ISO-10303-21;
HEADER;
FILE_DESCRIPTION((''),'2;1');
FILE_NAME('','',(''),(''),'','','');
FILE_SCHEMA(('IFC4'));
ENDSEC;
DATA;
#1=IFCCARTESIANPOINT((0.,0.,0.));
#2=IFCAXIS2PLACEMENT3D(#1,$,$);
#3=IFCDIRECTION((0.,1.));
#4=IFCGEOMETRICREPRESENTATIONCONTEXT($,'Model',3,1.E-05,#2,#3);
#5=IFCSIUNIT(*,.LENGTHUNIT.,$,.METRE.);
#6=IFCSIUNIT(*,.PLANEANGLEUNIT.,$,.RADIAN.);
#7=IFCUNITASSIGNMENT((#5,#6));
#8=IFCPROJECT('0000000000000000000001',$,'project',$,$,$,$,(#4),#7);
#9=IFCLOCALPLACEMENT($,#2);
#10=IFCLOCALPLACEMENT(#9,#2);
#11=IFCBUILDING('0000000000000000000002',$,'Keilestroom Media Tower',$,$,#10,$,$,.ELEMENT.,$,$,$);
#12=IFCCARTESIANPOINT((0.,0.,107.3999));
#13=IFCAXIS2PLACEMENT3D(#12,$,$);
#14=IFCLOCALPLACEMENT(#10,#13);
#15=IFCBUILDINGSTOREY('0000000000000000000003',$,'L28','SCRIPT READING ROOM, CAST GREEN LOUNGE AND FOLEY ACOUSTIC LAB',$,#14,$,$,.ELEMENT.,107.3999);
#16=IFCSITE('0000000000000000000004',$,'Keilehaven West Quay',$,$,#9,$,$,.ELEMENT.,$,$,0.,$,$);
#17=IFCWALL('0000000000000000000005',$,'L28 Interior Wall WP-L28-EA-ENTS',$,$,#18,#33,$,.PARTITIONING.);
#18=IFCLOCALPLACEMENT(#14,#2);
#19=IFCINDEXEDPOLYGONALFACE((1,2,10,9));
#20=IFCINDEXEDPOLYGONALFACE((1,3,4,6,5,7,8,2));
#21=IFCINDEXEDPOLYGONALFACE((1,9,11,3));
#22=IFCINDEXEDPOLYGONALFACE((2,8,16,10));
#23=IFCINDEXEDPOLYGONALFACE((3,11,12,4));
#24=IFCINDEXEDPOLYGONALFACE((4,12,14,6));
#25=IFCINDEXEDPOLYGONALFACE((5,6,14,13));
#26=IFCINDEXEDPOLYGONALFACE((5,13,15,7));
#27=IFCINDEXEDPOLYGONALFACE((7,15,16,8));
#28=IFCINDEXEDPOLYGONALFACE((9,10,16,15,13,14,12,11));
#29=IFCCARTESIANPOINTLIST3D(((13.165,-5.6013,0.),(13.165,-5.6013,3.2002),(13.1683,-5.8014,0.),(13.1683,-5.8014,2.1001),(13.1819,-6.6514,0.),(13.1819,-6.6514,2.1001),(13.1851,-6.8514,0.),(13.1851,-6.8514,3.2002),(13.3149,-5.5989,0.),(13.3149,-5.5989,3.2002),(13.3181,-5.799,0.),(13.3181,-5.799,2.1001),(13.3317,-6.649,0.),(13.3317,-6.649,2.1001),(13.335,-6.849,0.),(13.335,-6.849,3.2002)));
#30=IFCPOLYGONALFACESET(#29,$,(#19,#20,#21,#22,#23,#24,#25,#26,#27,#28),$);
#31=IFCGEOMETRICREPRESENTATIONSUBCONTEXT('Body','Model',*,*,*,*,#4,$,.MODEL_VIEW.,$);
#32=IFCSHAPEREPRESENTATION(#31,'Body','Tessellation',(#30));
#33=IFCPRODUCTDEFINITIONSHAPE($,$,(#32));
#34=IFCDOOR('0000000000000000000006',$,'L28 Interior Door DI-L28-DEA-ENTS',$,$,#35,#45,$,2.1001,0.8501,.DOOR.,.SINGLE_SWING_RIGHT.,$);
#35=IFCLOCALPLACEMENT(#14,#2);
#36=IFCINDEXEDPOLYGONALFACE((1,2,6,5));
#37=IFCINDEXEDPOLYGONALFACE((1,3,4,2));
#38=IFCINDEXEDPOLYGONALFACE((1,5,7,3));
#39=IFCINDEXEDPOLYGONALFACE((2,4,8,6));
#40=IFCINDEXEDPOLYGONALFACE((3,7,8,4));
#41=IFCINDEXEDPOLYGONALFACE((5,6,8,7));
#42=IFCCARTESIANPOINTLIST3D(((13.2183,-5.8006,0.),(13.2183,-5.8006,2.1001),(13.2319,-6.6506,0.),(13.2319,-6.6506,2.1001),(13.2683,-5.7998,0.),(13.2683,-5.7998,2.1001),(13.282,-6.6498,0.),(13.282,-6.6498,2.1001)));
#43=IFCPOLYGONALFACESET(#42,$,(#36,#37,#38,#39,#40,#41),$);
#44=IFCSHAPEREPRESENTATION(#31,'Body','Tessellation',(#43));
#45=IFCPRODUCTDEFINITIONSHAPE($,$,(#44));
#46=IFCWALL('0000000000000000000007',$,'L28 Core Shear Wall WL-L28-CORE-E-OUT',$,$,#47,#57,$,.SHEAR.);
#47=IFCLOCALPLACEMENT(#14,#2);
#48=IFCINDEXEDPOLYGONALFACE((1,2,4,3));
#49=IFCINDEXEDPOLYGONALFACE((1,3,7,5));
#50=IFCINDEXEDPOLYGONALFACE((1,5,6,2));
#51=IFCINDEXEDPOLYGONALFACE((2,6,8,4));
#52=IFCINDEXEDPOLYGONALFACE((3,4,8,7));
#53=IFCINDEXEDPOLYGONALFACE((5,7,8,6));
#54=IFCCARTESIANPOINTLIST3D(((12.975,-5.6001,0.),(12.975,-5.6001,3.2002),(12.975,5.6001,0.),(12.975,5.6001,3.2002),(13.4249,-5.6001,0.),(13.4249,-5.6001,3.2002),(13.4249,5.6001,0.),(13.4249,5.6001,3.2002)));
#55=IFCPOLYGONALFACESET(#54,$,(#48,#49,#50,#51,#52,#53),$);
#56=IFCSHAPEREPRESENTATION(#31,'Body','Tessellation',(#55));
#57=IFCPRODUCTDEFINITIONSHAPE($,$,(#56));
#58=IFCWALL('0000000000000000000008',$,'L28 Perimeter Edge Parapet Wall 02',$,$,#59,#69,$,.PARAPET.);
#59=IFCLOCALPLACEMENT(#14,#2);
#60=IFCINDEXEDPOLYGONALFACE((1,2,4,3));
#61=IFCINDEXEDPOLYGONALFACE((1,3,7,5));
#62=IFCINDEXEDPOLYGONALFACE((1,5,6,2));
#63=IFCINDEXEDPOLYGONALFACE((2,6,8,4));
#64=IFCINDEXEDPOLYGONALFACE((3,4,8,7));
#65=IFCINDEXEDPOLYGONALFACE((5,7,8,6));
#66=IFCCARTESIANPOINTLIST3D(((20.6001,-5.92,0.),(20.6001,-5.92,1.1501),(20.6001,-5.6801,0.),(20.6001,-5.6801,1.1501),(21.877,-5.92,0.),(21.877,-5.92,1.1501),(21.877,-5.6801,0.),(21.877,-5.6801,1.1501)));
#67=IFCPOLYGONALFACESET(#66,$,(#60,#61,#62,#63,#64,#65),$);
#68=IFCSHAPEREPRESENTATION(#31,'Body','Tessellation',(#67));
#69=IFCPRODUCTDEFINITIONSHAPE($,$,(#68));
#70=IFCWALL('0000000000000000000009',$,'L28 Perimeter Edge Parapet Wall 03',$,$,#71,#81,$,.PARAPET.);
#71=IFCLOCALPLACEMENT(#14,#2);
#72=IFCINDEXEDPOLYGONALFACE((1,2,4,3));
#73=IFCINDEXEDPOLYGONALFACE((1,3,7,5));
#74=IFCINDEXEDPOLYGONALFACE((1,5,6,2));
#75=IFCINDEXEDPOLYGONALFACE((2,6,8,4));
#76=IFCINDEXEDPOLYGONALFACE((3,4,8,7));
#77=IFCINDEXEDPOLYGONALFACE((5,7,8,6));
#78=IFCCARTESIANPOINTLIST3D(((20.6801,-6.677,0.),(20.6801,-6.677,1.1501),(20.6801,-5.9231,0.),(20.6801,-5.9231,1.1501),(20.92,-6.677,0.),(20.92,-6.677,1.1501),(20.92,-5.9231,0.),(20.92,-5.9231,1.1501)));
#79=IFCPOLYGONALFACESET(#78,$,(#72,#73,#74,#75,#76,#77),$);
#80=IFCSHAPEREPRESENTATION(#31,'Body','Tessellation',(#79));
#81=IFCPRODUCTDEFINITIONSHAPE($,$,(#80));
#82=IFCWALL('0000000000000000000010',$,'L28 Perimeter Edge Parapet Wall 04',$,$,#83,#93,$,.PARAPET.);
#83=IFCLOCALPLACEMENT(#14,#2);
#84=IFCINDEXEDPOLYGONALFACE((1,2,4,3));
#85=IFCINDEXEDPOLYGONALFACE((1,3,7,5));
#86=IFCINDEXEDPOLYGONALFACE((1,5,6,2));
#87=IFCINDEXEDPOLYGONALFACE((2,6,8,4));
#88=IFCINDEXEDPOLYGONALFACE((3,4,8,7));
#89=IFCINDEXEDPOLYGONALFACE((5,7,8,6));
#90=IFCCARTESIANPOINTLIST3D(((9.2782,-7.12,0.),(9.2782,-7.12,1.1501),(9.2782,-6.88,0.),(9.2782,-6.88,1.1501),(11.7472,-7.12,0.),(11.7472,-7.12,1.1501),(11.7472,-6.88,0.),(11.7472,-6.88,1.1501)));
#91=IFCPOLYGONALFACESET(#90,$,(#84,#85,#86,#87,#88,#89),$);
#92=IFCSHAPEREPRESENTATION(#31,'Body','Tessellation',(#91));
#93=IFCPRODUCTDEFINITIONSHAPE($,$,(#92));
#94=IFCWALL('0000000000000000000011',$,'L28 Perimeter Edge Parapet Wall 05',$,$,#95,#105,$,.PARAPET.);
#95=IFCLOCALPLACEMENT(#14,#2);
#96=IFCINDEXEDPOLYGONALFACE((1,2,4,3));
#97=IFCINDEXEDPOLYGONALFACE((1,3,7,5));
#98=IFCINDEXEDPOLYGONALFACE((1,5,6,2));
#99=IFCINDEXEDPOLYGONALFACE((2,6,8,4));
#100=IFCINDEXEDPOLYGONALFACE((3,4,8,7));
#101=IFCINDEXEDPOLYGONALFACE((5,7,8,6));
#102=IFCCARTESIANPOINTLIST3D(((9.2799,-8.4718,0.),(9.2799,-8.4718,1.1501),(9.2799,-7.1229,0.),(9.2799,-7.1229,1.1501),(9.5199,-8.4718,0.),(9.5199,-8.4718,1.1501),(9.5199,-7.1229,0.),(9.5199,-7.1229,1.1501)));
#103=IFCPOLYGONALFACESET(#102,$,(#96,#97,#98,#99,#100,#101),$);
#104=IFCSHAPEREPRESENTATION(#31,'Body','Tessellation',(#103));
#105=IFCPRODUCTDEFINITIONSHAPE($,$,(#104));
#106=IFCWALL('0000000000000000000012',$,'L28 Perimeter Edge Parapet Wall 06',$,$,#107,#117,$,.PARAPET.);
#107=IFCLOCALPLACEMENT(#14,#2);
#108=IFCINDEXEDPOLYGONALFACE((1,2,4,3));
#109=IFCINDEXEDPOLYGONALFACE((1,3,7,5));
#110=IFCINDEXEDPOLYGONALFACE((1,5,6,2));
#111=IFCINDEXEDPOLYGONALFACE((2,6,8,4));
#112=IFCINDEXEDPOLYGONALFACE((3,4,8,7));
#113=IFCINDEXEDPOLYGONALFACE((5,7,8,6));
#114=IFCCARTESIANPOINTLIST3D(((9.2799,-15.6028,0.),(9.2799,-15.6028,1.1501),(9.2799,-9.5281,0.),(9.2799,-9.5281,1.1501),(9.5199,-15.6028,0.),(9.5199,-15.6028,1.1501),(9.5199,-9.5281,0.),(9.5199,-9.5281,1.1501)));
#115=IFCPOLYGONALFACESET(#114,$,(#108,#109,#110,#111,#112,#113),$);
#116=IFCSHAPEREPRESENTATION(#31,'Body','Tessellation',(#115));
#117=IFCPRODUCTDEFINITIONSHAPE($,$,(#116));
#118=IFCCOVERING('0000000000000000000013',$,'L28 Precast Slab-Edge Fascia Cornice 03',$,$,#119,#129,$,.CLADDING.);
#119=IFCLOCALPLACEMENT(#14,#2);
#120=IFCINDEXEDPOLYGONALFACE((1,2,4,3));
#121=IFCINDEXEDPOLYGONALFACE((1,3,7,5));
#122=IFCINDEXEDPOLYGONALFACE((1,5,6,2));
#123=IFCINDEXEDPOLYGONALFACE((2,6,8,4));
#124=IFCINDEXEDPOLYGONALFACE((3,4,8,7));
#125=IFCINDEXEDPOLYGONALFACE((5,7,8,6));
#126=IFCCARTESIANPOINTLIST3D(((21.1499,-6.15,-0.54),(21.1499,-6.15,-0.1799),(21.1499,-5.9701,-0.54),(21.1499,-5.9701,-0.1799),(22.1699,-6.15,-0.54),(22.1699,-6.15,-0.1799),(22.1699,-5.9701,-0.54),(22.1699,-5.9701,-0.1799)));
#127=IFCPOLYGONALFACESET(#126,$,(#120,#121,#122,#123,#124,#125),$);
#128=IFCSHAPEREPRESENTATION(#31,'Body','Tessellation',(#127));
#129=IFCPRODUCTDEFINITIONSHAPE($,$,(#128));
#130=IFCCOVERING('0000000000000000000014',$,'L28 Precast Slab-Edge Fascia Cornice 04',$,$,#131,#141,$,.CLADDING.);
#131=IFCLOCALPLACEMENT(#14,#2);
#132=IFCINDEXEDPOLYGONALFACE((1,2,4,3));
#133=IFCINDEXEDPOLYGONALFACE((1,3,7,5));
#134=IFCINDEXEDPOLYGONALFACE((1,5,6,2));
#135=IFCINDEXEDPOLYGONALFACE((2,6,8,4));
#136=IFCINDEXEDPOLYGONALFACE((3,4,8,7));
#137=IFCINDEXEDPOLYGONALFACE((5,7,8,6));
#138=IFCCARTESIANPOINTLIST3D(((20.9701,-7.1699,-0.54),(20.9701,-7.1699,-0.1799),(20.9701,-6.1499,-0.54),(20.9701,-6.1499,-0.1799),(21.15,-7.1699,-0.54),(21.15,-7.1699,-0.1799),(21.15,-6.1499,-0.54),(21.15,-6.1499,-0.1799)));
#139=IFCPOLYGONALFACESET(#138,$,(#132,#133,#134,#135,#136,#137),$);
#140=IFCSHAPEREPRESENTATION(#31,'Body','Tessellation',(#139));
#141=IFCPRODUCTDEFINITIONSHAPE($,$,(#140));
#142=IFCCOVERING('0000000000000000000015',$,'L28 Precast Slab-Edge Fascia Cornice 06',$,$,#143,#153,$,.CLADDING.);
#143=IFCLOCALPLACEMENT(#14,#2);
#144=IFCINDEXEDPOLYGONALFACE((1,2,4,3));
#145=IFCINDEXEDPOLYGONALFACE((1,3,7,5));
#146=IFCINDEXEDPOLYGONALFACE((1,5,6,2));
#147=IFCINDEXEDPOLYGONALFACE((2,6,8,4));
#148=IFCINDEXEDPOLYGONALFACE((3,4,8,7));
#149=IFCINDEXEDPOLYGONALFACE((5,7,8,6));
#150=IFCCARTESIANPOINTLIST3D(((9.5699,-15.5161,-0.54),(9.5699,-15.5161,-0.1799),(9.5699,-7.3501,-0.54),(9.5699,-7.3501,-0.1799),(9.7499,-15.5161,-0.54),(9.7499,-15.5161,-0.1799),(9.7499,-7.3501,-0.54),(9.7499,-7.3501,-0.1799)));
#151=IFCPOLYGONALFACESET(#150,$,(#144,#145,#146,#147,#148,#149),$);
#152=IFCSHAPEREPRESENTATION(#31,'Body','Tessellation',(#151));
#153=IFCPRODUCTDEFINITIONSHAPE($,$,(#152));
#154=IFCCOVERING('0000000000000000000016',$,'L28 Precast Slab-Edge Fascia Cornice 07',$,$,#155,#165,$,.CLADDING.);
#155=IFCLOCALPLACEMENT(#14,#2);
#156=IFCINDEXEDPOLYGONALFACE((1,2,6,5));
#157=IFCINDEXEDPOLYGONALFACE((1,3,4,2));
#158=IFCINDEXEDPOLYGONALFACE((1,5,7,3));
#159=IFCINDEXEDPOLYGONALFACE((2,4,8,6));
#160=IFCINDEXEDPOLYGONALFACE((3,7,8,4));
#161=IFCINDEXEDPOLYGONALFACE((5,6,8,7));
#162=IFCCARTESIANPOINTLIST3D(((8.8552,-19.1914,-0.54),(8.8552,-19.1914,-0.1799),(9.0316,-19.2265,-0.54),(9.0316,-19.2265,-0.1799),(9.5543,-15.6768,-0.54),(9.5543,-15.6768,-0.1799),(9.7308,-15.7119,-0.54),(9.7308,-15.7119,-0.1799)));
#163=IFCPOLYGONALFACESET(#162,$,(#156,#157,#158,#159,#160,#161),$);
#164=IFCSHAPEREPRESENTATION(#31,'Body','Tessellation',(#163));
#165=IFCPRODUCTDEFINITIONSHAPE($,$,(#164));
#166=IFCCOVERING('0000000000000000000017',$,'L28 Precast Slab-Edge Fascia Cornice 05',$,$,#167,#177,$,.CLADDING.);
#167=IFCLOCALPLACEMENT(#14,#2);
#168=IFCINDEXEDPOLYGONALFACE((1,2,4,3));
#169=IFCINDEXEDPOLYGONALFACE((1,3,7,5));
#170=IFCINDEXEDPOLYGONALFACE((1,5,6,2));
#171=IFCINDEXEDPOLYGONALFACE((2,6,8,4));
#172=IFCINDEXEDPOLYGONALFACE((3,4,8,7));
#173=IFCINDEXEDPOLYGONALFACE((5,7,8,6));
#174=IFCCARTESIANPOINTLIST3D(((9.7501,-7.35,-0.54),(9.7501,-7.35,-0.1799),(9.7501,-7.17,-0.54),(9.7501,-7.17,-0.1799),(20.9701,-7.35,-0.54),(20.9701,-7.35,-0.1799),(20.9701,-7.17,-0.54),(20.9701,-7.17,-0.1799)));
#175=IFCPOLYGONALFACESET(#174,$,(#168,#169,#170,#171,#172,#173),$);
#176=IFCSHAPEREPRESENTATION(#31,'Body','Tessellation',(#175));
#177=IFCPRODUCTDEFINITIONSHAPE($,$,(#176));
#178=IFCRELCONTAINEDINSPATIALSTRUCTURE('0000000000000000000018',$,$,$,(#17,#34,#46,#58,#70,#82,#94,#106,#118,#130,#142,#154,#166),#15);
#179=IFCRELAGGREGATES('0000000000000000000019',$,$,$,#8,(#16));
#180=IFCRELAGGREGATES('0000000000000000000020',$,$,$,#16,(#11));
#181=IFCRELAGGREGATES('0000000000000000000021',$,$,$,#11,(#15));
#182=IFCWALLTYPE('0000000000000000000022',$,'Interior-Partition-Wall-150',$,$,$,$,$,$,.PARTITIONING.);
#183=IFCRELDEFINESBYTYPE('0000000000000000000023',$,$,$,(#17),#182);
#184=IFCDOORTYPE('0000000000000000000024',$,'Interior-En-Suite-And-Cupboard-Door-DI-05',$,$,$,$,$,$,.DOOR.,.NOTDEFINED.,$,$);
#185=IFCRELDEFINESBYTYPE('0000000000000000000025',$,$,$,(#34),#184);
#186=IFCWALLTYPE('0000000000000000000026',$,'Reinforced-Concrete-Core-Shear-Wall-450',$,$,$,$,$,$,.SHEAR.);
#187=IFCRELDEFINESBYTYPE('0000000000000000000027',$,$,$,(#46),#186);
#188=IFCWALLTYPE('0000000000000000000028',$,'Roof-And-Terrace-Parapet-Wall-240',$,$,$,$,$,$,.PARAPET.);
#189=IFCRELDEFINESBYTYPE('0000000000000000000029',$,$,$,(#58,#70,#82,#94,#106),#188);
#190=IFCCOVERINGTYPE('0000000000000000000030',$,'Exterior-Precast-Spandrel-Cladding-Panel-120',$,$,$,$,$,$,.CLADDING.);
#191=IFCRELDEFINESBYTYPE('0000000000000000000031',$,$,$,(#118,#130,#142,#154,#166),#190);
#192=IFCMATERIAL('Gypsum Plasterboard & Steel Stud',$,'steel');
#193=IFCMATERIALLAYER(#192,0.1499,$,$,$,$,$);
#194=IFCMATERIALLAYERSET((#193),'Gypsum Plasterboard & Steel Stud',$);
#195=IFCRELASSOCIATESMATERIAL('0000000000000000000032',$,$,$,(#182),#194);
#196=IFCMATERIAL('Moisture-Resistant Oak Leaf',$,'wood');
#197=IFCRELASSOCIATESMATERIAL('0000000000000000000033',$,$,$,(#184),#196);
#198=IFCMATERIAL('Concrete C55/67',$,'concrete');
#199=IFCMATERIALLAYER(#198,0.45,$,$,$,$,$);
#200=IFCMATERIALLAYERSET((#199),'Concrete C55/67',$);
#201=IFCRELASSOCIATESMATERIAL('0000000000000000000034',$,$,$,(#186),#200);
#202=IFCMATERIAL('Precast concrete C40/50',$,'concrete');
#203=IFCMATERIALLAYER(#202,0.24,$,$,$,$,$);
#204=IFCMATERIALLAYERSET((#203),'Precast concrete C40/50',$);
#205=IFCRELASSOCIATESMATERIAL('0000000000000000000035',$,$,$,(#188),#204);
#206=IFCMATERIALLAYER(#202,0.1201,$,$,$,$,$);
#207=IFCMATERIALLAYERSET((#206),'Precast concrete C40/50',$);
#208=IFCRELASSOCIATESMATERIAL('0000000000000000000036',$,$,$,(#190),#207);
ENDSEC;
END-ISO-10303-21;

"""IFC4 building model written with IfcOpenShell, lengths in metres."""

from ifc_helpers import new_model, si_unit, direction, frame, frame_2d, origin, origin_2d, place, context, subcontext, project, spatial, rectangle, extrude, source, transform, mapped, material, layer, layer_set, type_object, element, fill, save


model = new_model("IFC4")

# Units and contexts
model_context = context("Model", 3, precision=1e-05, world=origin(), true_north=direction((0.0, 1.0)))
body_context = subcontext(model_context, "Body", "Model", "MODEL_VIEW")
ifc_project = project(units=[si_unit("LENGTHUNIT", "METRE"), si_unit("PLANEANGLEUNIT", "RADIAN")], contexts=[model_context])

# Site, building, storey
site_placement = place(None, origin())
site = spatial("IfcSite", under=ifc_project, at=site_placement, Name="Keilehaven West Quay", CompositionType="ELEMENT", RefElevation=0.0)
building_placement = place(site_placement, origin())
building = spatial("IfcBuilding", under=site, at=building_placement, Name="Keilestroom Media Tower", CompositionType="ELEMENT")
storey_placement = place(building_placement, frame((0.0, 0.0, 107.3999)))
storey = spatial("IfcBuildingStorey", under=building, at=storey_placement, Name="L28", Description="SCRIPT READING ROOM, CAST GREEN LOUNGE AND FOLEY ACOUSTIC LAB", CompositionType="ELEMENT", Elevation=107.3999)

# Shared definitions
ifc_material_1 = material(Name="Precast concrete C40/50", Category="concrete")
ifc_material_2 = material(Name="Concrete C55/67", Category="concrete")

# Shared definitions
ifc_material_3 = material(Name="Gypsum Plasterboard & Steel Stud", Category="steel")
ifc_layer_1 = layer(ifc_material_3, 0.1499)
ifc_layer_set_1 = layer_set([ifc_layer_1], Name="Gypsum Plasterboard & Steel Stud")
wall_type_1 = type_object("IfcWallType", Name="Interior-Partition-Wall-150", PredefinedType="PARTITIONING", material=ifc_layer_set_1)

# Wall, opening, door
wall_1_placement = place(storey_placement, frame((13.26, -6.8501, 0.0), z_axis=(0.0, 0.0, 1.0), x_axis=(-0.016014, 0.999872, 0.0)))
wall_1 = element("IfcWall", 1, at=wall_1_placement, inside=storey, type_object=wall_type_1, Name="L28 Interior Wall WP-L28-EA-ENTS", PredefinedType="PARTITIONING", context=body_context, shape_type="SweptSolid", body=[
    extrude(rectangle(XDim=1.2502, YDim=0.1499, at=frame_2d((0.625, 0.0))), origin(), (0.0, 0.0, 1.0), 3.2002),
])
opening_placement = place(wall_1_placement, frame((0.2, 0.0, 0.0)))
opening = element("IfcOpeningElement", 2, at=opening_placement, cuts=wall_1, PredefinedType="OPENING", context=body_context, shape_type="SweptSolid", body=[
    extrude(rectangle(XDim=0.8501, YDim=2.1001, at=frame_2d((0.425, 1.05))), frame((0.0, 0.085, 0.0), z_axis=(0.0, -1.0, 0.0), x_axis=(1.0, 0.0, 0.0)), (0.0, 0.0, 1.0), 0.1699),
])
ifc_material_4 = material(Name="Moisture-Resistant Oak Leaf", Category="wood")
door_type = type_object("IfcDoorType", Name="Interior-En-Suite-And-Cupboard-Door-DI-05", OperationType="NOTDEFINED", PredefinedType="DOOR", material=ifc_material_4)
shared_shape_1 = source(origin(), body_context, "Body", "SweptSolid", [
    extrude(rectangle(XDim=0.8501, YDim=2.1001, at=frame_2d((0.425, 1.05))), frame((0.0, 0.0249, 0.0), z_axis=(0.0, -1.0, 0.0), x_axis=(1.0, 0.0, 0.0)), (0.0, 0.0, 1.0), 0.05),
])
door_placement = place(opening_placement, origin())
door = element("IfcDoor", 3, at=door_placement, inside=storey, type_object=door_type, Name="L28 Interior Door DI-L28-DEA-ENTS", OperationType="SINGLE_SWING_RIGHT", OverallHeight=2.1001, OverallWidth=0.8501, PredefinedType="DOOR", context=body_context, shape_type="MappedRepresentation", body=[
    mapped(shared_shape_1, transform((0.0, 0.0, 0.0), x_axis=(1.0, 0.0, 0.0), y_axis=(0.0, 1.0, 0.0), z_axis=(0.0, 0.0, 1.0), scale=1.0)),
])
fill(opening, door)

# Walls
ifc_layer_2 = layer(ifc_material_2, 0.45)
ifc_layer_set_2 = layer_set([ifc_layer_2], Name="Concrete C55/67")
wall_type_2 = type_object("IfcWallType", Name="Reinforced-Concrete-Core-Shear-Wall-450", PredefinedType="SHEAR", material=ifc_layer_set_2)
wall_2_placement = place(storey_placement, frame((13.2, -5.6001, 0.0), z_axis=(0.0, 0.0, 1.0), x_axis=(0.0, 1.0, 0.0)))
element("IfcWall", 4, at=wall_2_placement, inside=storey, type_object=wall_type_2, Name="L28 Core Shear Wall WL-L28-CORE-E-OUT", PredefinedType="SHEAR", context=body_context, shape_type="SweptSolid", body=[
    extrude(rectangle(XDim=11.2002, YDim=0.45, at=frame_2d((5.6001, 0.0))), origin(), (0.0, 0.0, 1.0), 3.2002),
])
ifc_layer_3 = layer(ifc_material_1, 0.24)
ifc_layer_set_3 = layer_set([ifc_layer_3], Name="Precast concrete C40/50")
wall_type_3 = type_object("IfcWallType", Name="Roof-And-Terrace-Parapet-Wall-240", PredefinedType="PARAPET", material=ifc_layer_set_3)
wall_3_placement = place(storey_placement, frame((21.877, -5.8, 0.0), z_axis=(0.0, 0.0, 1.0), x_axis=(-1.0, 0.0, 0.0)))
element("IfcWall", 5, at=wall_3_placement, inside=storey, type_object=wall_type_3, Name="L28 Perimeter Edge Parapet Wall 02", PredefinedType="PARAPET", context=body_context, shape_type="SweptSolid", body=[
    extrude(rectangle(XDim=1.2769, YDim=0.24, at=frame_2d((0.6384, 0.0))), origin(), (0.0, 0.0, 1.0), 1.1501),
])
wall_4_placement = place(storey_placement, frame((20.8, -5.9231, 0.0), z_axis=(0.0, 0.0, 1.0), x_axis=(0.0, -1.0, 0.0)))
element("IfcWall", 6, at=wall_4_placement, inside=storey, type_object=wall_type_3, Name="L28 Perimeter Edge Parapet Wall 03", PredefinedType="PARAPET", context=body_context, shape_type="SweptSolid", body=[
    extrude(rectangle(XDim=0.7539, YDim=0.24, at=frame_2d((0.377, 0.0))), origin(), (0.0, 0.0, 1.0), 1.1501),
])
wall_5_placement = place(storey_placement, frame((11.7471, -7.0, 0.0), z_axis=(0.0, 0.0, 1.0), x_axis=(-1.0, 0.0, 0.0)))
element("IfcWall", 7, at=wall_5_placement, inside=storey, type_object=wall_type_3, Name="L28 Perimeter Edge Parapet Wall 04", PredefinedType="PARAPET", context=body_context, shape_type="SweptSolid", body=[
    extrude(rectangle(XDim=2.469, YDim=0.24, at=frame_2d((1.2344, 0.0))), origin(), (0.0, 0.0, 1.0), 1.1501),
])
wall_6_placement = place(storey_placement, frame((9.3999, -7.123, 0.0), z_axis=(0.0, 0.0, 1.0), x_axis=(0.0, -1.0, 0.0)))
element("IfcWall", 8, at=wall_6_placement, inside=storey, type_object=wall_type_3, Name="L28 Perimeter Edge Parapet Wall 05", PredefinedType="PARAPET", context=body_context, shape_type="SweptSolid", body=[
    extrude(rectangle(XDim=1.3489, YDim=0.24, at=frame_2d((0.6743, 0.0))), origin(), (0.0, 0.0, 1.0), 1.1501),
])
wall_7_placement = place(storey_placement, frame((9.3999, -9.5281, 0.0), z_axis=(0.0, 0.0, 1.0), x_axis=(0.0, -1.0, 0.0)))
element("IfcWall", 9, at=wall_7_placement, inside=storey, type_object=wall_type_3, Name="L28 Perimeter Edge Parapet Wall 06", PredefinedType="PARAPET", context=body_context, shape_type="SweptSolid", body=[
    extrude(rectangle(XDim=6.0747, YDim=0.24, at=frame_2d((3.0374, 0.0))), origin(), (0.0, 0.0, 1.0), 1.1501),
])

# Coverings
ifc_layer_4 = layer(ifc_material_1, 0.1201)
ifc_layer_set_4 = layer_set([ifc_layer_4], Name="Precast concrete C40/50")
covering_type = type_object("IfcCoveringType", Name="Exterior-Precast-Spandrel-Cladding-Panel-120", PredefinedType="CLADDING", material=ifc_layer_set_4)
shared_shape_2 = source(origin(), body_context, "Body", "SweptSolid", [
    extrude(rectangle(XDim=1.02, YDim=0.1799, at=origin_2d()), origin(), (0.0, 0.0, 1.0), 0.3601),
])
for number, where, z_axis, x_axis, name in (
    (10, (21.6599, -6.0601, -0.54), (0.0, 0.0, 1.0), (-1.0, 0.0, 0.0), "L28 Precast Slab-Edge Fascia Cornice 03"),
    (11, (21.0601, -6.6599, -0.54), (0.0, 0.0, 1.0), (0.0, -1.0, 0.0), "L28 Precast Slab-Edge Fascia Cornice 04"),
):
    element("IfcCovering", number, at=place(storey_placement, frame(where, z_axis=z_axis, x_axis=x_axis)), inside=storey, type_object=covering_type, Name=name, PredefinedType="CLADDING", context=body_context, shape_type="MappedRepresentation", body=[
        mapped(shared_shape_2, transform((0.0, 0.0, 0.0), x_axis=(1.0, 0.0, 0.0), y_axis=(0.0, 1.0, 0.0), z_axis=(0.0, 0.0, 1.0), scale=1.0)),
    ])
shared_shape_3 = source(origin(), body_context, "Body", "SweptSolid", [
    extrude(rectangle(XDim=8.166, YDim=0.1799, at=origin_2d()), origin(), (0.0, 0.0, 1.0), 0.3601),
])
covering_1_placement = place(storey_placement, frame((9.6599, -11.4331, -0.54), z_axis=(0.0, 0.0, 1.0), x_axis=(0.0, -1.0, 0.0)))
element("IfcCovering", 12, at=covering_1_placement, inside=storey, type_object=covering_type, Name="L28 Precast Slab-Edge Fascia Cornice 06", PredefinedType="CLADDING", context=body_context, shape_type="MappedRepresentation", body=[
    mapped(shared_shape_3, transform((0.0, 0.0, 0.0), x_axis=(1.0, 0.0, 0.0), y_axis=(0.0, 1.0, 0.0), z_axis=(0.0, 0.0, 1.0), scale=1.0)),
])
shared_shape_4 = source(origin(), body_context, "Body", "SweptSolid", [
    extrude(rectangle(XDim=3.5835, YDim=0.1799, at=origin_2d()), origin(), (0.0, 0.0, 1.0), 0.3601),
])
covering_2_placement = place(storey_placement, frame((9.293, -17.4517, -0.54), z_axis=(0.0, 0.0, 1.0), x_axis=(-0.195099, -0.980784, 0.0)))
element("IfcCovering", 13, at=covering_2_placement, inside=storey, type_object=covering_type, Name="L28 Precast Slab-Edge Fascia Cornice 07", PredefinedType="CLADDING", context=body_context, shape_type="MappedRepresentation", body=[
    mapped(shared_shape_4, transform((0.0, 0.0, 0.0), x_axis=(1.0, 0.0, 0.0), y_axis=(0.0, 1.0, 0.0), z_axis=(0.0, 0.0, 1.0), scale=1.0)),
])
shared_shape_5 = source(origin(), body_context, "Body", "SweptSolid", [
    extrude(rectangle(XDim=11.22, YDim=0.1799, at=origin_2d()), origin(), (0.0, 0.0, 1.0), 0.3601),
])
covering_3_placement = place(storey_placement, frame((15.3601, -7.26, -0.54), z_axis=(0.0, 0.0, 1.0), x_axis=(-1.0, 0.0, 0.0)))
element("IfcCovering", 14, at=covering_3_placement, inside=storey, type_object=covering_type, Name="L28 Precast Slab-Edge Fascia Cornice 05", PredefinedType="CLADDING", context=body_context, shape_type="MappedRepresentation", body=[
    mapped(shared_shape_5, transform((0.0, 0.0, 0.0), x_axis=(1.0, 0.0, 0.0), y_axis=(0.0, 1.0, 0.0), z_axis=(0.0, 0.0, 1.0), scale=1.0)),
])

save(model, "model.ifc")
